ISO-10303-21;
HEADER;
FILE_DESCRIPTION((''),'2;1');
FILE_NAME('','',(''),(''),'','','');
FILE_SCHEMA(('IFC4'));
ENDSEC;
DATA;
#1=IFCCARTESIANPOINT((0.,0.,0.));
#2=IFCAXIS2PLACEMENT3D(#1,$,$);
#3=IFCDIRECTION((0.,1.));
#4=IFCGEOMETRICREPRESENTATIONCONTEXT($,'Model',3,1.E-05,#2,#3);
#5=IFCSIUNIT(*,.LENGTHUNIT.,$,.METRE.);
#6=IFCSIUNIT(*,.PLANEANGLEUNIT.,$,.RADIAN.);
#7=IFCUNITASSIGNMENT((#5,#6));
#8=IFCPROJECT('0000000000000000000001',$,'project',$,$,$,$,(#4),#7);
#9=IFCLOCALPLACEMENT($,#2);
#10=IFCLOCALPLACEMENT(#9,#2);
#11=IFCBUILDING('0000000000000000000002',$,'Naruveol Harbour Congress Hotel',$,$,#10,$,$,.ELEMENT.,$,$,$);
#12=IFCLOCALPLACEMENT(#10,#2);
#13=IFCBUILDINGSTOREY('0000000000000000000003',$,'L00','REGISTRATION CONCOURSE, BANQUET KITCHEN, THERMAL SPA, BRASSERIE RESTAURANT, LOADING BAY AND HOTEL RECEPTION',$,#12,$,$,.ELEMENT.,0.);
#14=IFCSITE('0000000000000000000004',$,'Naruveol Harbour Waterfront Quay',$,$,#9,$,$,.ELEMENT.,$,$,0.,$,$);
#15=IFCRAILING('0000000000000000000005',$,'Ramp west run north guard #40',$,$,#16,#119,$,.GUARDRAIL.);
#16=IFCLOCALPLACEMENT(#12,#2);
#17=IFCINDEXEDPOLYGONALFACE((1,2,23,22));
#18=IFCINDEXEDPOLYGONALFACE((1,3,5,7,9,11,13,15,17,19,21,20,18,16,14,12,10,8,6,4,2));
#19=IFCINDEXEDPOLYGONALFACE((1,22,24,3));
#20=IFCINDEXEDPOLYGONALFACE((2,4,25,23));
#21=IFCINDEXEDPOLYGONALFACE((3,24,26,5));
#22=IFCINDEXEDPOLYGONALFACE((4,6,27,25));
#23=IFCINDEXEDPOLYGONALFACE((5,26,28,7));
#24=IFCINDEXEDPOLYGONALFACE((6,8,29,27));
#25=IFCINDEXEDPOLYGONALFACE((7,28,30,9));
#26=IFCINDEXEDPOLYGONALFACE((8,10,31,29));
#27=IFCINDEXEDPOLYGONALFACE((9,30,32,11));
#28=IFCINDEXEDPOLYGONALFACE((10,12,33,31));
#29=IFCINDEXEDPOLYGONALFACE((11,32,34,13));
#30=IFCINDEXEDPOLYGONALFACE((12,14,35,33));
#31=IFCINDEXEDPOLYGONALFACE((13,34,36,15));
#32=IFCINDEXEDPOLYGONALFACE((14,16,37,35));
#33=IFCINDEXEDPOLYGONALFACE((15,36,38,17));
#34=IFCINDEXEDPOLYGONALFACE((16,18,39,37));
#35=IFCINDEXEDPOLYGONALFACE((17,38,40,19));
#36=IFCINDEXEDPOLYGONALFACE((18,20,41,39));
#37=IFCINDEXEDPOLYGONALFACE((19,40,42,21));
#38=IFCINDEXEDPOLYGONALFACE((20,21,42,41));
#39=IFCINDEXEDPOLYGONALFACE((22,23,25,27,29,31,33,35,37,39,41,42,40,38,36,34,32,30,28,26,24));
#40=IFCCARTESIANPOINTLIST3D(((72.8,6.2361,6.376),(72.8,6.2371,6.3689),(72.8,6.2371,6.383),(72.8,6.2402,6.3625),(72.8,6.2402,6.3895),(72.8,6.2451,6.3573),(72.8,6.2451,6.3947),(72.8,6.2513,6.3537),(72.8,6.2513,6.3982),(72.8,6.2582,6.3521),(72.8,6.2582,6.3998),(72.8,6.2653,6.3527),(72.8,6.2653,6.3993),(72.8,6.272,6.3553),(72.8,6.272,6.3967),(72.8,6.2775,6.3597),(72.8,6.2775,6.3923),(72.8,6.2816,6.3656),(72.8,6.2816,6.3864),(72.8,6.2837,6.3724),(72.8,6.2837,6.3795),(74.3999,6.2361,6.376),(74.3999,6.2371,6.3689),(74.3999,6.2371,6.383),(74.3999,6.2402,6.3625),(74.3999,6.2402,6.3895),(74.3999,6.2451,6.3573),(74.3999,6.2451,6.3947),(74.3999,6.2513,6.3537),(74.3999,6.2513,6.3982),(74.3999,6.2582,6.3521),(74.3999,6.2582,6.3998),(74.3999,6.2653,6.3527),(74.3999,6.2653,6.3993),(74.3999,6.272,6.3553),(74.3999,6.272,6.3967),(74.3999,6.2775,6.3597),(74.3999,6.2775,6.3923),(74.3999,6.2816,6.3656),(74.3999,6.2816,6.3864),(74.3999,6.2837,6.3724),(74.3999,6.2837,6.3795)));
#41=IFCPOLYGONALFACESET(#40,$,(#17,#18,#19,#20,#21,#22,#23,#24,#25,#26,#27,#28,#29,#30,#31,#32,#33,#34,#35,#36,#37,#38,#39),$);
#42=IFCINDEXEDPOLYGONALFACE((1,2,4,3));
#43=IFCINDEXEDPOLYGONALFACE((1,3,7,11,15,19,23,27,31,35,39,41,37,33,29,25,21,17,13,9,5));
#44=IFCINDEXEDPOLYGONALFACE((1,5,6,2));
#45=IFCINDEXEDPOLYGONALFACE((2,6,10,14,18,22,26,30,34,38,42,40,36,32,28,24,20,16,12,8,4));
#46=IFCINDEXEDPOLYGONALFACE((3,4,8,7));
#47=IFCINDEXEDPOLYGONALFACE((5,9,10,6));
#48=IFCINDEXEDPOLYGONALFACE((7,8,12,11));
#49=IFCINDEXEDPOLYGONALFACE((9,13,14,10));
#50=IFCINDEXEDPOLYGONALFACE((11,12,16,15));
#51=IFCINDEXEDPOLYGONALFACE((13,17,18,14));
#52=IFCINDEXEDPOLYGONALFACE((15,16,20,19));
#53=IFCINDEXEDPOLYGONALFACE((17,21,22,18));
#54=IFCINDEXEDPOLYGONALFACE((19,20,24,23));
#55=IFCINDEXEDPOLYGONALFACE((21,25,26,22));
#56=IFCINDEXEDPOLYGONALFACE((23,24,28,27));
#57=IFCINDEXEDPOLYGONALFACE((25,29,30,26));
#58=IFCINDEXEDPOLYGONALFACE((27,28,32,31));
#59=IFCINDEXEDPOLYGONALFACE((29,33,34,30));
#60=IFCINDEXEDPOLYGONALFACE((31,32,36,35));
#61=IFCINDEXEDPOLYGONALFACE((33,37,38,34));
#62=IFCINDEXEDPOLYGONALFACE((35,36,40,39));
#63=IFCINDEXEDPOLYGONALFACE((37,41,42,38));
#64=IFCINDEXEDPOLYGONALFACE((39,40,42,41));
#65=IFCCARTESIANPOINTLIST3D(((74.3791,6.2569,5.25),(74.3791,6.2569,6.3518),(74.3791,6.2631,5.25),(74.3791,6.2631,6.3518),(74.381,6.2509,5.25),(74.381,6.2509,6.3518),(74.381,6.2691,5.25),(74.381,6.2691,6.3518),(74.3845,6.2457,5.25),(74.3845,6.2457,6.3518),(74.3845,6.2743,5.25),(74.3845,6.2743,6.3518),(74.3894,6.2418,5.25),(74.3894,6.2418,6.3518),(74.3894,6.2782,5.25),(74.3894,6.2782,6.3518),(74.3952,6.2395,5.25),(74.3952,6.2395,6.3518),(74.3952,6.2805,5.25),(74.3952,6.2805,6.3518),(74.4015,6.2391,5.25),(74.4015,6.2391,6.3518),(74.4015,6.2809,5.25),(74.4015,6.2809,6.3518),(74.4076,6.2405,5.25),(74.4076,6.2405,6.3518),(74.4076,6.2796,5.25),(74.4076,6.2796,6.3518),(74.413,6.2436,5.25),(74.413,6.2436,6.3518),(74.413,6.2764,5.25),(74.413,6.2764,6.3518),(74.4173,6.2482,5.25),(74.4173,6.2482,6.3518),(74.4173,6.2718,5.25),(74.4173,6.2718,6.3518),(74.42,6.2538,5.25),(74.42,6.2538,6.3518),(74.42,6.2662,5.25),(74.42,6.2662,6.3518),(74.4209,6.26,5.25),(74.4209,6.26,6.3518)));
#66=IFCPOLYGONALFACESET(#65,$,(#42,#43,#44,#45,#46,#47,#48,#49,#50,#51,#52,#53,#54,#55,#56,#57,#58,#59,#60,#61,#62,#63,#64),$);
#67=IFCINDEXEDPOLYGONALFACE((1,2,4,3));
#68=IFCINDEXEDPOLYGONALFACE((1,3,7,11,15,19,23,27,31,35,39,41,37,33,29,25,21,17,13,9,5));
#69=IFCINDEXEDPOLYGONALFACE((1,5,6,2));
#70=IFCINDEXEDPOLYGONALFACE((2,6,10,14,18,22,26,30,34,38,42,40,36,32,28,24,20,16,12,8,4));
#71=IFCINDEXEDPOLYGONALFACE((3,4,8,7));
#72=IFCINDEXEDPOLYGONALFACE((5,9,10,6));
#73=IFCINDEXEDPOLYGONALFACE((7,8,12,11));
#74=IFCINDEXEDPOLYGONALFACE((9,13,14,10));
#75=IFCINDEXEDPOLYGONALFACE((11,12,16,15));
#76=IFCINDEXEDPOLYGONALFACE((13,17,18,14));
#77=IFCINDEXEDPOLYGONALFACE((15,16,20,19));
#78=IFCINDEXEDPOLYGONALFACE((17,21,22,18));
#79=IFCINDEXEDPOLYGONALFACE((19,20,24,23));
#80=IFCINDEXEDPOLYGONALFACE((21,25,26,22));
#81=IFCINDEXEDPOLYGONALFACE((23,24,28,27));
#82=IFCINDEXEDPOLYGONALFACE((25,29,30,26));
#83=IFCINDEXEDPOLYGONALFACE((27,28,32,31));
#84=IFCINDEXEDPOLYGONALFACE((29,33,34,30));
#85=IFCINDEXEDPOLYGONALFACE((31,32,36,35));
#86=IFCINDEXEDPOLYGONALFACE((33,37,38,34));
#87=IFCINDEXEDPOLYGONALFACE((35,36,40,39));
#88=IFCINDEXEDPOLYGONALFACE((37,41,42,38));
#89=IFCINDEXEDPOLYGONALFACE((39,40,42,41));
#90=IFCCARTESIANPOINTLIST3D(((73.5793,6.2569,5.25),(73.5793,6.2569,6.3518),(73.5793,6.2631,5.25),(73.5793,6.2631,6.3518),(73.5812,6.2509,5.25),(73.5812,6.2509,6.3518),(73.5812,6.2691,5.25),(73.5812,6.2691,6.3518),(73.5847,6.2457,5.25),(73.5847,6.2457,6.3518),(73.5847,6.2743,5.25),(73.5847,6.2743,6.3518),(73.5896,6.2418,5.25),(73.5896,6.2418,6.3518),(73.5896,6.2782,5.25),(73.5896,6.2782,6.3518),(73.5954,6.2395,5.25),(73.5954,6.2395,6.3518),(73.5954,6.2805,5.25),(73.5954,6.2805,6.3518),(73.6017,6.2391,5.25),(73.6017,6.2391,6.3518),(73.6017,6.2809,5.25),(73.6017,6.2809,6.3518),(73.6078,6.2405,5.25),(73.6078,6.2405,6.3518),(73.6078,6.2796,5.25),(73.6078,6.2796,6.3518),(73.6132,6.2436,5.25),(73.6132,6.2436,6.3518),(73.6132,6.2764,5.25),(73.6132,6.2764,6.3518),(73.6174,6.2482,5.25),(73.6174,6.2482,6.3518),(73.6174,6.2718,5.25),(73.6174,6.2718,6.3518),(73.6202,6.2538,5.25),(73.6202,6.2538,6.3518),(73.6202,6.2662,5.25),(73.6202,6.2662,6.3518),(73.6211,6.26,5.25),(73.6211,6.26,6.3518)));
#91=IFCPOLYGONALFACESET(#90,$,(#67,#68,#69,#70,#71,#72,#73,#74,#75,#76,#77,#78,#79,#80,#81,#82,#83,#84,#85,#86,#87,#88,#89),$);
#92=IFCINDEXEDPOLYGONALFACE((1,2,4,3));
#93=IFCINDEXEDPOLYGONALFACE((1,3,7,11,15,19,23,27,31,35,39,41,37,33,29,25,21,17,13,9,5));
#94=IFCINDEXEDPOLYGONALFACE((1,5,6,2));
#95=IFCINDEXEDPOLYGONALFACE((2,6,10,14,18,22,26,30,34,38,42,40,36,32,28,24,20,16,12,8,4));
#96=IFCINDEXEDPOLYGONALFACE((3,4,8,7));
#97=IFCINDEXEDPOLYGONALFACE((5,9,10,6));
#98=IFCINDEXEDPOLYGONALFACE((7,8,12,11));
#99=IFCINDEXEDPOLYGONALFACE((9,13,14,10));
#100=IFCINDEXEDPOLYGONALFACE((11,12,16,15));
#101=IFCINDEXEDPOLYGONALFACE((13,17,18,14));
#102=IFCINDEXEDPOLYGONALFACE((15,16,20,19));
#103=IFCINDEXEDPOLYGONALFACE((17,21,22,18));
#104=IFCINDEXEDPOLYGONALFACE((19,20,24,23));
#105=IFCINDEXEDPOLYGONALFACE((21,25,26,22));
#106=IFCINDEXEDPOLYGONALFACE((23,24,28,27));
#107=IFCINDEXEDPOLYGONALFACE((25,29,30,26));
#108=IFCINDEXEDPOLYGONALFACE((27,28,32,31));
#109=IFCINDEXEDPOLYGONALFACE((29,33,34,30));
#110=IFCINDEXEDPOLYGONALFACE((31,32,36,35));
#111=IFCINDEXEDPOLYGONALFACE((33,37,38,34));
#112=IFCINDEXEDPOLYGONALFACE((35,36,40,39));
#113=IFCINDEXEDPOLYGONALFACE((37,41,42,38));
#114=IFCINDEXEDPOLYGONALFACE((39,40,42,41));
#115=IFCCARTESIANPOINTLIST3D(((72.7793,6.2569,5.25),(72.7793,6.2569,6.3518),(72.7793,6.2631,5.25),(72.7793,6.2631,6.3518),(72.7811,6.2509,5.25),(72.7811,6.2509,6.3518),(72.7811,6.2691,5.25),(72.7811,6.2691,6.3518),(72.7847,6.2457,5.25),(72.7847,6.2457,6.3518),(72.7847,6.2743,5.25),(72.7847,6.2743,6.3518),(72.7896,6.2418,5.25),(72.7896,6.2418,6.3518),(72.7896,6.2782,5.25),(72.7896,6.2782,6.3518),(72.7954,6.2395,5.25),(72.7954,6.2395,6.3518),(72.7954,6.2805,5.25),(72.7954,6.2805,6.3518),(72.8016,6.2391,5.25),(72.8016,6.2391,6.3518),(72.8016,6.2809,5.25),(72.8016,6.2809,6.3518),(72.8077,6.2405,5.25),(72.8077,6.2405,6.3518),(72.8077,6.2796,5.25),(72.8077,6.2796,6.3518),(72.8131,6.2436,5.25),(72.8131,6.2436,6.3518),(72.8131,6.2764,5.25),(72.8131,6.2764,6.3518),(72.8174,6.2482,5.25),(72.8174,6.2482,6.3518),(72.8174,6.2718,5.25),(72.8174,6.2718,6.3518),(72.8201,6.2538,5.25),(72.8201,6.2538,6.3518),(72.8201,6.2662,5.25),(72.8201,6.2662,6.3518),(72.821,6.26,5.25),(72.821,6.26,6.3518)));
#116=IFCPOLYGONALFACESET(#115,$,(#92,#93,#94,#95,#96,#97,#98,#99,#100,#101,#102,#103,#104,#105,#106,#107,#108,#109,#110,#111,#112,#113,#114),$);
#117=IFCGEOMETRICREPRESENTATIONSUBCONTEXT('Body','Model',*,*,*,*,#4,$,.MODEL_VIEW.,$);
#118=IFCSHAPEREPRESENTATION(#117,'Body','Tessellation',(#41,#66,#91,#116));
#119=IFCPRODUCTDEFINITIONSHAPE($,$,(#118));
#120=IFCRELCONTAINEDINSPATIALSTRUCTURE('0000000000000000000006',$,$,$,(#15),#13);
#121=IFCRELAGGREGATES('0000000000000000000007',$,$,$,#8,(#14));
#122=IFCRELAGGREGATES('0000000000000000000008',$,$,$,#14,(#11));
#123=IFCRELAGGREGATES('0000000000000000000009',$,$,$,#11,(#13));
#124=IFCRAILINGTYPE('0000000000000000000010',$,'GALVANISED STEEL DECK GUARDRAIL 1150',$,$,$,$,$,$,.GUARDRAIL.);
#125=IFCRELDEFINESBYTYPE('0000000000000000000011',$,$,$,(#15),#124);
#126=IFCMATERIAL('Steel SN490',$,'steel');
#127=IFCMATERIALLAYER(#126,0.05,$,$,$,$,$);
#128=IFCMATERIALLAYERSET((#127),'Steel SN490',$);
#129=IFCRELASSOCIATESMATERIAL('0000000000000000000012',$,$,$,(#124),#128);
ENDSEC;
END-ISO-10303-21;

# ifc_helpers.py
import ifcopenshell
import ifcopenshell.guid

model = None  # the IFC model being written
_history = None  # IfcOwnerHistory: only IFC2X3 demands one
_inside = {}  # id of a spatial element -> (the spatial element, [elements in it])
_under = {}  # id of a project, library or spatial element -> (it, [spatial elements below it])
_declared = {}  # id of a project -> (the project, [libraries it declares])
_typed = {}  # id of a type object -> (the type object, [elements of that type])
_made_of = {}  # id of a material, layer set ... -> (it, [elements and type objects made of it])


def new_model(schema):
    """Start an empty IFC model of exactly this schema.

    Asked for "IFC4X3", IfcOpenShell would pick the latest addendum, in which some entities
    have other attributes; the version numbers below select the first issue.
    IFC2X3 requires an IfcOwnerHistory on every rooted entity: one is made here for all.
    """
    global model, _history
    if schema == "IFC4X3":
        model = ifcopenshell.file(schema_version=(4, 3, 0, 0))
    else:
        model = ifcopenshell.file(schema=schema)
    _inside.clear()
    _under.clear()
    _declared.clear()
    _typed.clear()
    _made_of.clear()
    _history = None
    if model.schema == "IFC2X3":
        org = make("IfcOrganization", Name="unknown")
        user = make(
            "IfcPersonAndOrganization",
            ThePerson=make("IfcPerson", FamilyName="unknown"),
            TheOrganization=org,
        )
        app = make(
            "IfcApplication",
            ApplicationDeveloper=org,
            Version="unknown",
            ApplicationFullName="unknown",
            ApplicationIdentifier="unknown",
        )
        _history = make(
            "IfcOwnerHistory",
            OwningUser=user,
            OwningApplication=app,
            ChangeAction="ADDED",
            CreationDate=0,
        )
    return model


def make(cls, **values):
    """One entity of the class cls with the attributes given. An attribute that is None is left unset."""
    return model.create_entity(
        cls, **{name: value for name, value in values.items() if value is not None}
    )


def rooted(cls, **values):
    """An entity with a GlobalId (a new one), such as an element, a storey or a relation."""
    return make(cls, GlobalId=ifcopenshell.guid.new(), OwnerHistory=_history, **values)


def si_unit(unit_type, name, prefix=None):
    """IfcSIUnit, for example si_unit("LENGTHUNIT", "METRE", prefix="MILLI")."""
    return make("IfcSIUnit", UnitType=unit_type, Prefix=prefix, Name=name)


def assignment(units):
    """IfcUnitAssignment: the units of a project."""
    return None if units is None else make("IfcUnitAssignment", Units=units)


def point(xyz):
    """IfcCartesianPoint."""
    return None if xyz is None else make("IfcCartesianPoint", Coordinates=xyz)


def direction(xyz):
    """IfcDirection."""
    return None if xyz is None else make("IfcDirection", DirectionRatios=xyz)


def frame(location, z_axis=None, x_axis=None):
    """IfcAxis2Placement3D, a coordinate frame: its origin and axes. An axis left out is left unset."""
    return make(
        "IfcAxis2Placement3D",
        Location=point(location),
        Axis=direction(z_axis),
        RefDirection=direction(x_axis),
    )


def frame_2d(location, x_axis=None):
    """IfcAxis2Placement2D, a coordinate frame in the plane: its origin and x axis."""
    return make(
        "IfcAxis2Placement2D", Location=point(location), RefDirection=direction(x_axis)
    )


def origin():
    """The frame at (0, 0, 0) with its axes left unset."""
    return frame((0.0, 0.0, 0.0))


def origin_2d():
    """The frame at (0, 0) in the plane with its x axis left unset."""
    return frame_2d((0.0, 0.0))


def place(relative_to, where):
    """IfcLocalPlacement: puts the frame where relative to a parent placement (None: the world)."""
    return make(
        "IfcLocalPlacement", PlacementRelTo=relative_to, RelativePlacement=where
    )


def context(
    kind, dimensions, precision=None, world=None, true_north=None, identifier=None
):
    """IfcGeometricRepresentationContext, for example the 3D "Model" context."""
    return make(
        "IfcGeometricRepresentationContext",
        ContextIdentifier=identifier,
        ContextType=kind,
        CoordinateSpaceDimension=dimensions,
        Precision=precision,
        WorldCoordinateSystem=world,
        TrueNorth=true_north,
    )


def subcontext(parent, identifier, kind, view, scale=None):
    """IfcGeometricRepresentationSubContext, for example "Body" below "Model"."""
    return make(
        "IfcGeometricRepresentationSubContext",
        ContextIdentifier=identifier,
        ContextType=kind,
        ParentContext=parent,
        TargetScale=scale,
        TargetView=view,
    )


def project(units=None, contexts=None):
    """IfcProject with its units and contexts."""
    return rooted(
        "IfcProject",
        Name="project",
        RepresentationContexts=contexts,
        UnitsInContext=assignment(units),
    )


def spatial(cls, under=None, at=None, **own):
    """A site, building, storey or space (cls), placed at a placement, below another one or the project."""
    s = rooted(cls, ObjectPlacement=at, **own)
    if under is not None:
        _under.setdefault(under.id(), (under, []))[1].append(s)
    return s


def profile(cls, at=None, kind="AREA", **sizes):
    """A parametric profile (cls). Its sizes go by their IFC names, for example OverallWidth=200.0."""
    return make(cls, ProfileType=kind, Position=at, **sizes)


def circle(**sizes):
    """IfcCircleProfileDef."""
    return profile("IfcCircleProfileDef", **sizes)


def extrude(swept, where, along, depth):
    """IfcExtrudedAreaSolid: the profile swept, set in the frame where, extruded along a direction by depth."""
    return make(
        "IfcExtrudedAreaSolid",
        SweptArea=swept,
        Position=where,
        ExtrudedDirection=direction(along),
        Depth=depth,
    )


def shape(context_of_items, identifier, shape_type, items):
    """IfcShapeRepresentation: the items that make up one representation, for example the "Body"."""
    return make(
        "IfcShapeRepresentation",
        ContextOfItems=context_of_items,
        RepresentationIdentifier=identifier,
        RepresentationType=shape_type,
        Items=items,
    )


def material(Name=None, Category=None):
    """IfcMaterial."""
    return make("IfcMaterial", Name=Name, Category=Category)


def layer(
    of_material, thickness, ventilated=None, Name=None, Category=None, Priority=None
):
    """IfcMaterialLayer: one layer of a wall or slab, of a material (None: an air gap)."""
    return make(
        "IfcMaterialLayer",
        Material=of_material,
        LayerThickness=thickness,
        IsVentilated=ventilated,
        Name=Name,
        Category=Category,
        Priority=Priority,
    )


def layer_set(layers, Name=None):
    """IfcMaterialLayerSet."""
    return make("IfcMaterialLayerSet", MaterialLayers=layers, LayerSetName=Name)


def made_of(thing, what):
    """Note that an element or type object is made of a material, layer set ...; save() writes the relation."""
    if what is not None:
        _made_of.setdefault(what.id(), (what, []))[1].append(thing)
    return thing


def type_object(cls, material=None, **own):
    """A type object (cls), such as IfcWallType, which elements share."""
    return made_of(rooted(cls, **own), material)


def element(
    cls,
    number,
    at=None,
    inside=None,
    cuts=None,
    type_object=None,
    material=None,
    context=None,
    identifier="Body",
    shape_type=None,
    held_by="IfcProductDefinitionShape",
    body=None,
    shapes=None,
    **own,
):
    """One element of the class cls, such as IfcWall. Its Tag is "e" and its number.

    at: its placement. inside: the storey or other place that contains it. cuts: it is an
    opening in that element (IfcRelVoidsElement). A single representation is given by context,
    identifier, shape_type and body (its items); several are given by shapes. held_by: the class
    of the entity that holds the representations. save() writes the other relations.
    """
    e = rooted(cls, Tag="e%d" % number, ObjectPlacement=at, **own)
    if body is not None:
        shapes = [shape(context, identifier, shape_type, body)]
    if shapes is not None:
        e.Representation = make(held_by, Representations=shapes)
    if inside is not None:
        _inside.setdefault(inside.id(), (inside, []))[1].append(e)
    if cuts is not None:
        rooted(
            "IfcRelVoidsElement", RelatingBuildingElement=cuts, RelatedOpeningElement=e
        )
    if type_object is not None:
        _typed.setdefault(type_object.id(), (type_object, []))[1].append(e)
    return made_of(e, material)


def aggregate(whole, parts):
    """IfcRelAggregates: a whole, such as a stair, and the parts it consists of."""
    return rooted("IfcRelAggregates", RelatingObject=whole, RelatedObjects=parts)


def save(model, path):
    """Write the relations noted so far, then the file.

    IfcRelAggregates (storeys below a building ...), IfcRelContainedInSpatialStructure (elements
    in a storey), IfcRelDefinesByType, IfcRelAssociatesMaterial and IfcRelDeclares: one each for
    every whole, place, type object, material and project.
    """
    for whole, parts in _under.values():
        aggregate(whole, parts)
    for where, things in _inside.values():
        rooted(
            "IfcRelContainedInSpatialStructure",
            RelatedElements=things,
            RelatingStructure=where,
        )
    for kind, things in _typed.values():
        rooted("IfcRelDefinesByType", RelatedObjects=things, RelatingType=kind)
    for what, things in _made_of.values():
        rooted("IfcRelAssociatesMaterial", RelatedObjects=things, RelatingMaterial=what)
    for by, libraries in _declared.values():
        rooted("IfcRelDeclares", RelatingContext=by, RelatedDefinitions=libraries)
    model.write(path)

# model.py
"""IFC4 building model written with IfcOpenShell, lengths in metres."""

from ifc_helpers import new_model, si_unit, direction, frame, origin, origin_2d, place, context, subcontext, project, spatial, circle, extrude, material, layer, layer_set, type_object, element, save


model = new_model("IFC4")

# Units and contexts
model_context = context("Model", 3, precision=1e-05, world=origin(), true_north=direction((0.0, 1.0)))
body_context = subcontext(model_context, "Body", "Model", "MODEL_VIEW")
ifc_project = project(units=[si_unit("LENGTHUNIT", "METRE"), si_unit("PLANEANGLEUNIT", "RADIAN")], contexts=[model_context])

# Site, building, storey
site_placement = place(None, origin())
site = spatial("IfcSite", under=ifc_project, at=site_placement, Name="Naruveol Harbour Waterfront Quay", CompositionType="ELEMENT", RefElevation=0.0)
building_placement = place(site_placement, origin())
building = spatial("IfcBuilding", under=site, at=building_placement, Name="Naruveol Harbour Congress Hotel", CompositionType="ELEMENT")
storey_placement = place(building_placement, origin())
storey = spatial("IfcBuildingStorey", under=building, at=storey_placement, Name="L00", Description="REGISTRATION CONCOURSE, BANQUET KITCHEN, THERMAL SPA, BRASSERIE RESTAURANT, LOADING BAY AND HOTEL RECEPTION", CompositionType="ELEMENT", Elevation=0.0)

# Railing
ifc_material_1 = material(Name="Steel SN490", Category="steel")
ifc_layer_1 = layer(ifc_material_1, 0.05)
ifc_layer_set_1 = layer_set([ifc_layer_1], Name="Steel SN490")
railing_type = type_object("IfcRailingType", Name="GALVANISED STEEL DECK GUARDRAIL 1150", PredefinedType="GUARDRAIL", material=ifc_layer_set_1)
for number, where, name in (
    (1, (74.3999, 6.26, 5.25), "Ramp west run north guard #40"),
):
    element("IfcRailing", number, at=place(storey_placement, frame(where)), inside=storey, type_object=railing_type, Name=name, PredefinedType="GUARDRAIL", context=body_context, shape_type="SweptSolid", body=[
        extrude(circle(Radius=0.0239, at=origin_2d()), frame((0.0, 0.0, 1.126), z_axis=(-1.0, 0.0, 0.0), x_axis=(0.0, -1.0, 0.0)), (0.0, 0.0, 1.0), 1.5999),
        extrude(circle(Radius=0.021, at=origin_2d()), origin(), (0.0, 0.0, 1.0), 1.1018),
        extrude(circle(Radius=0.021, at=origin_2d()), frame((-0.7998, 0.0, 0.0)), (0.0, 0.0, 1.0), 1.1018),
        extrude(circle(Radius=0.021, at=origin_2d()), frame((-1.5999, 0.0, 0.0)), (0.0, 0.0, 1.0), 1.1018),
    ])

save(model, "model.ifc")
